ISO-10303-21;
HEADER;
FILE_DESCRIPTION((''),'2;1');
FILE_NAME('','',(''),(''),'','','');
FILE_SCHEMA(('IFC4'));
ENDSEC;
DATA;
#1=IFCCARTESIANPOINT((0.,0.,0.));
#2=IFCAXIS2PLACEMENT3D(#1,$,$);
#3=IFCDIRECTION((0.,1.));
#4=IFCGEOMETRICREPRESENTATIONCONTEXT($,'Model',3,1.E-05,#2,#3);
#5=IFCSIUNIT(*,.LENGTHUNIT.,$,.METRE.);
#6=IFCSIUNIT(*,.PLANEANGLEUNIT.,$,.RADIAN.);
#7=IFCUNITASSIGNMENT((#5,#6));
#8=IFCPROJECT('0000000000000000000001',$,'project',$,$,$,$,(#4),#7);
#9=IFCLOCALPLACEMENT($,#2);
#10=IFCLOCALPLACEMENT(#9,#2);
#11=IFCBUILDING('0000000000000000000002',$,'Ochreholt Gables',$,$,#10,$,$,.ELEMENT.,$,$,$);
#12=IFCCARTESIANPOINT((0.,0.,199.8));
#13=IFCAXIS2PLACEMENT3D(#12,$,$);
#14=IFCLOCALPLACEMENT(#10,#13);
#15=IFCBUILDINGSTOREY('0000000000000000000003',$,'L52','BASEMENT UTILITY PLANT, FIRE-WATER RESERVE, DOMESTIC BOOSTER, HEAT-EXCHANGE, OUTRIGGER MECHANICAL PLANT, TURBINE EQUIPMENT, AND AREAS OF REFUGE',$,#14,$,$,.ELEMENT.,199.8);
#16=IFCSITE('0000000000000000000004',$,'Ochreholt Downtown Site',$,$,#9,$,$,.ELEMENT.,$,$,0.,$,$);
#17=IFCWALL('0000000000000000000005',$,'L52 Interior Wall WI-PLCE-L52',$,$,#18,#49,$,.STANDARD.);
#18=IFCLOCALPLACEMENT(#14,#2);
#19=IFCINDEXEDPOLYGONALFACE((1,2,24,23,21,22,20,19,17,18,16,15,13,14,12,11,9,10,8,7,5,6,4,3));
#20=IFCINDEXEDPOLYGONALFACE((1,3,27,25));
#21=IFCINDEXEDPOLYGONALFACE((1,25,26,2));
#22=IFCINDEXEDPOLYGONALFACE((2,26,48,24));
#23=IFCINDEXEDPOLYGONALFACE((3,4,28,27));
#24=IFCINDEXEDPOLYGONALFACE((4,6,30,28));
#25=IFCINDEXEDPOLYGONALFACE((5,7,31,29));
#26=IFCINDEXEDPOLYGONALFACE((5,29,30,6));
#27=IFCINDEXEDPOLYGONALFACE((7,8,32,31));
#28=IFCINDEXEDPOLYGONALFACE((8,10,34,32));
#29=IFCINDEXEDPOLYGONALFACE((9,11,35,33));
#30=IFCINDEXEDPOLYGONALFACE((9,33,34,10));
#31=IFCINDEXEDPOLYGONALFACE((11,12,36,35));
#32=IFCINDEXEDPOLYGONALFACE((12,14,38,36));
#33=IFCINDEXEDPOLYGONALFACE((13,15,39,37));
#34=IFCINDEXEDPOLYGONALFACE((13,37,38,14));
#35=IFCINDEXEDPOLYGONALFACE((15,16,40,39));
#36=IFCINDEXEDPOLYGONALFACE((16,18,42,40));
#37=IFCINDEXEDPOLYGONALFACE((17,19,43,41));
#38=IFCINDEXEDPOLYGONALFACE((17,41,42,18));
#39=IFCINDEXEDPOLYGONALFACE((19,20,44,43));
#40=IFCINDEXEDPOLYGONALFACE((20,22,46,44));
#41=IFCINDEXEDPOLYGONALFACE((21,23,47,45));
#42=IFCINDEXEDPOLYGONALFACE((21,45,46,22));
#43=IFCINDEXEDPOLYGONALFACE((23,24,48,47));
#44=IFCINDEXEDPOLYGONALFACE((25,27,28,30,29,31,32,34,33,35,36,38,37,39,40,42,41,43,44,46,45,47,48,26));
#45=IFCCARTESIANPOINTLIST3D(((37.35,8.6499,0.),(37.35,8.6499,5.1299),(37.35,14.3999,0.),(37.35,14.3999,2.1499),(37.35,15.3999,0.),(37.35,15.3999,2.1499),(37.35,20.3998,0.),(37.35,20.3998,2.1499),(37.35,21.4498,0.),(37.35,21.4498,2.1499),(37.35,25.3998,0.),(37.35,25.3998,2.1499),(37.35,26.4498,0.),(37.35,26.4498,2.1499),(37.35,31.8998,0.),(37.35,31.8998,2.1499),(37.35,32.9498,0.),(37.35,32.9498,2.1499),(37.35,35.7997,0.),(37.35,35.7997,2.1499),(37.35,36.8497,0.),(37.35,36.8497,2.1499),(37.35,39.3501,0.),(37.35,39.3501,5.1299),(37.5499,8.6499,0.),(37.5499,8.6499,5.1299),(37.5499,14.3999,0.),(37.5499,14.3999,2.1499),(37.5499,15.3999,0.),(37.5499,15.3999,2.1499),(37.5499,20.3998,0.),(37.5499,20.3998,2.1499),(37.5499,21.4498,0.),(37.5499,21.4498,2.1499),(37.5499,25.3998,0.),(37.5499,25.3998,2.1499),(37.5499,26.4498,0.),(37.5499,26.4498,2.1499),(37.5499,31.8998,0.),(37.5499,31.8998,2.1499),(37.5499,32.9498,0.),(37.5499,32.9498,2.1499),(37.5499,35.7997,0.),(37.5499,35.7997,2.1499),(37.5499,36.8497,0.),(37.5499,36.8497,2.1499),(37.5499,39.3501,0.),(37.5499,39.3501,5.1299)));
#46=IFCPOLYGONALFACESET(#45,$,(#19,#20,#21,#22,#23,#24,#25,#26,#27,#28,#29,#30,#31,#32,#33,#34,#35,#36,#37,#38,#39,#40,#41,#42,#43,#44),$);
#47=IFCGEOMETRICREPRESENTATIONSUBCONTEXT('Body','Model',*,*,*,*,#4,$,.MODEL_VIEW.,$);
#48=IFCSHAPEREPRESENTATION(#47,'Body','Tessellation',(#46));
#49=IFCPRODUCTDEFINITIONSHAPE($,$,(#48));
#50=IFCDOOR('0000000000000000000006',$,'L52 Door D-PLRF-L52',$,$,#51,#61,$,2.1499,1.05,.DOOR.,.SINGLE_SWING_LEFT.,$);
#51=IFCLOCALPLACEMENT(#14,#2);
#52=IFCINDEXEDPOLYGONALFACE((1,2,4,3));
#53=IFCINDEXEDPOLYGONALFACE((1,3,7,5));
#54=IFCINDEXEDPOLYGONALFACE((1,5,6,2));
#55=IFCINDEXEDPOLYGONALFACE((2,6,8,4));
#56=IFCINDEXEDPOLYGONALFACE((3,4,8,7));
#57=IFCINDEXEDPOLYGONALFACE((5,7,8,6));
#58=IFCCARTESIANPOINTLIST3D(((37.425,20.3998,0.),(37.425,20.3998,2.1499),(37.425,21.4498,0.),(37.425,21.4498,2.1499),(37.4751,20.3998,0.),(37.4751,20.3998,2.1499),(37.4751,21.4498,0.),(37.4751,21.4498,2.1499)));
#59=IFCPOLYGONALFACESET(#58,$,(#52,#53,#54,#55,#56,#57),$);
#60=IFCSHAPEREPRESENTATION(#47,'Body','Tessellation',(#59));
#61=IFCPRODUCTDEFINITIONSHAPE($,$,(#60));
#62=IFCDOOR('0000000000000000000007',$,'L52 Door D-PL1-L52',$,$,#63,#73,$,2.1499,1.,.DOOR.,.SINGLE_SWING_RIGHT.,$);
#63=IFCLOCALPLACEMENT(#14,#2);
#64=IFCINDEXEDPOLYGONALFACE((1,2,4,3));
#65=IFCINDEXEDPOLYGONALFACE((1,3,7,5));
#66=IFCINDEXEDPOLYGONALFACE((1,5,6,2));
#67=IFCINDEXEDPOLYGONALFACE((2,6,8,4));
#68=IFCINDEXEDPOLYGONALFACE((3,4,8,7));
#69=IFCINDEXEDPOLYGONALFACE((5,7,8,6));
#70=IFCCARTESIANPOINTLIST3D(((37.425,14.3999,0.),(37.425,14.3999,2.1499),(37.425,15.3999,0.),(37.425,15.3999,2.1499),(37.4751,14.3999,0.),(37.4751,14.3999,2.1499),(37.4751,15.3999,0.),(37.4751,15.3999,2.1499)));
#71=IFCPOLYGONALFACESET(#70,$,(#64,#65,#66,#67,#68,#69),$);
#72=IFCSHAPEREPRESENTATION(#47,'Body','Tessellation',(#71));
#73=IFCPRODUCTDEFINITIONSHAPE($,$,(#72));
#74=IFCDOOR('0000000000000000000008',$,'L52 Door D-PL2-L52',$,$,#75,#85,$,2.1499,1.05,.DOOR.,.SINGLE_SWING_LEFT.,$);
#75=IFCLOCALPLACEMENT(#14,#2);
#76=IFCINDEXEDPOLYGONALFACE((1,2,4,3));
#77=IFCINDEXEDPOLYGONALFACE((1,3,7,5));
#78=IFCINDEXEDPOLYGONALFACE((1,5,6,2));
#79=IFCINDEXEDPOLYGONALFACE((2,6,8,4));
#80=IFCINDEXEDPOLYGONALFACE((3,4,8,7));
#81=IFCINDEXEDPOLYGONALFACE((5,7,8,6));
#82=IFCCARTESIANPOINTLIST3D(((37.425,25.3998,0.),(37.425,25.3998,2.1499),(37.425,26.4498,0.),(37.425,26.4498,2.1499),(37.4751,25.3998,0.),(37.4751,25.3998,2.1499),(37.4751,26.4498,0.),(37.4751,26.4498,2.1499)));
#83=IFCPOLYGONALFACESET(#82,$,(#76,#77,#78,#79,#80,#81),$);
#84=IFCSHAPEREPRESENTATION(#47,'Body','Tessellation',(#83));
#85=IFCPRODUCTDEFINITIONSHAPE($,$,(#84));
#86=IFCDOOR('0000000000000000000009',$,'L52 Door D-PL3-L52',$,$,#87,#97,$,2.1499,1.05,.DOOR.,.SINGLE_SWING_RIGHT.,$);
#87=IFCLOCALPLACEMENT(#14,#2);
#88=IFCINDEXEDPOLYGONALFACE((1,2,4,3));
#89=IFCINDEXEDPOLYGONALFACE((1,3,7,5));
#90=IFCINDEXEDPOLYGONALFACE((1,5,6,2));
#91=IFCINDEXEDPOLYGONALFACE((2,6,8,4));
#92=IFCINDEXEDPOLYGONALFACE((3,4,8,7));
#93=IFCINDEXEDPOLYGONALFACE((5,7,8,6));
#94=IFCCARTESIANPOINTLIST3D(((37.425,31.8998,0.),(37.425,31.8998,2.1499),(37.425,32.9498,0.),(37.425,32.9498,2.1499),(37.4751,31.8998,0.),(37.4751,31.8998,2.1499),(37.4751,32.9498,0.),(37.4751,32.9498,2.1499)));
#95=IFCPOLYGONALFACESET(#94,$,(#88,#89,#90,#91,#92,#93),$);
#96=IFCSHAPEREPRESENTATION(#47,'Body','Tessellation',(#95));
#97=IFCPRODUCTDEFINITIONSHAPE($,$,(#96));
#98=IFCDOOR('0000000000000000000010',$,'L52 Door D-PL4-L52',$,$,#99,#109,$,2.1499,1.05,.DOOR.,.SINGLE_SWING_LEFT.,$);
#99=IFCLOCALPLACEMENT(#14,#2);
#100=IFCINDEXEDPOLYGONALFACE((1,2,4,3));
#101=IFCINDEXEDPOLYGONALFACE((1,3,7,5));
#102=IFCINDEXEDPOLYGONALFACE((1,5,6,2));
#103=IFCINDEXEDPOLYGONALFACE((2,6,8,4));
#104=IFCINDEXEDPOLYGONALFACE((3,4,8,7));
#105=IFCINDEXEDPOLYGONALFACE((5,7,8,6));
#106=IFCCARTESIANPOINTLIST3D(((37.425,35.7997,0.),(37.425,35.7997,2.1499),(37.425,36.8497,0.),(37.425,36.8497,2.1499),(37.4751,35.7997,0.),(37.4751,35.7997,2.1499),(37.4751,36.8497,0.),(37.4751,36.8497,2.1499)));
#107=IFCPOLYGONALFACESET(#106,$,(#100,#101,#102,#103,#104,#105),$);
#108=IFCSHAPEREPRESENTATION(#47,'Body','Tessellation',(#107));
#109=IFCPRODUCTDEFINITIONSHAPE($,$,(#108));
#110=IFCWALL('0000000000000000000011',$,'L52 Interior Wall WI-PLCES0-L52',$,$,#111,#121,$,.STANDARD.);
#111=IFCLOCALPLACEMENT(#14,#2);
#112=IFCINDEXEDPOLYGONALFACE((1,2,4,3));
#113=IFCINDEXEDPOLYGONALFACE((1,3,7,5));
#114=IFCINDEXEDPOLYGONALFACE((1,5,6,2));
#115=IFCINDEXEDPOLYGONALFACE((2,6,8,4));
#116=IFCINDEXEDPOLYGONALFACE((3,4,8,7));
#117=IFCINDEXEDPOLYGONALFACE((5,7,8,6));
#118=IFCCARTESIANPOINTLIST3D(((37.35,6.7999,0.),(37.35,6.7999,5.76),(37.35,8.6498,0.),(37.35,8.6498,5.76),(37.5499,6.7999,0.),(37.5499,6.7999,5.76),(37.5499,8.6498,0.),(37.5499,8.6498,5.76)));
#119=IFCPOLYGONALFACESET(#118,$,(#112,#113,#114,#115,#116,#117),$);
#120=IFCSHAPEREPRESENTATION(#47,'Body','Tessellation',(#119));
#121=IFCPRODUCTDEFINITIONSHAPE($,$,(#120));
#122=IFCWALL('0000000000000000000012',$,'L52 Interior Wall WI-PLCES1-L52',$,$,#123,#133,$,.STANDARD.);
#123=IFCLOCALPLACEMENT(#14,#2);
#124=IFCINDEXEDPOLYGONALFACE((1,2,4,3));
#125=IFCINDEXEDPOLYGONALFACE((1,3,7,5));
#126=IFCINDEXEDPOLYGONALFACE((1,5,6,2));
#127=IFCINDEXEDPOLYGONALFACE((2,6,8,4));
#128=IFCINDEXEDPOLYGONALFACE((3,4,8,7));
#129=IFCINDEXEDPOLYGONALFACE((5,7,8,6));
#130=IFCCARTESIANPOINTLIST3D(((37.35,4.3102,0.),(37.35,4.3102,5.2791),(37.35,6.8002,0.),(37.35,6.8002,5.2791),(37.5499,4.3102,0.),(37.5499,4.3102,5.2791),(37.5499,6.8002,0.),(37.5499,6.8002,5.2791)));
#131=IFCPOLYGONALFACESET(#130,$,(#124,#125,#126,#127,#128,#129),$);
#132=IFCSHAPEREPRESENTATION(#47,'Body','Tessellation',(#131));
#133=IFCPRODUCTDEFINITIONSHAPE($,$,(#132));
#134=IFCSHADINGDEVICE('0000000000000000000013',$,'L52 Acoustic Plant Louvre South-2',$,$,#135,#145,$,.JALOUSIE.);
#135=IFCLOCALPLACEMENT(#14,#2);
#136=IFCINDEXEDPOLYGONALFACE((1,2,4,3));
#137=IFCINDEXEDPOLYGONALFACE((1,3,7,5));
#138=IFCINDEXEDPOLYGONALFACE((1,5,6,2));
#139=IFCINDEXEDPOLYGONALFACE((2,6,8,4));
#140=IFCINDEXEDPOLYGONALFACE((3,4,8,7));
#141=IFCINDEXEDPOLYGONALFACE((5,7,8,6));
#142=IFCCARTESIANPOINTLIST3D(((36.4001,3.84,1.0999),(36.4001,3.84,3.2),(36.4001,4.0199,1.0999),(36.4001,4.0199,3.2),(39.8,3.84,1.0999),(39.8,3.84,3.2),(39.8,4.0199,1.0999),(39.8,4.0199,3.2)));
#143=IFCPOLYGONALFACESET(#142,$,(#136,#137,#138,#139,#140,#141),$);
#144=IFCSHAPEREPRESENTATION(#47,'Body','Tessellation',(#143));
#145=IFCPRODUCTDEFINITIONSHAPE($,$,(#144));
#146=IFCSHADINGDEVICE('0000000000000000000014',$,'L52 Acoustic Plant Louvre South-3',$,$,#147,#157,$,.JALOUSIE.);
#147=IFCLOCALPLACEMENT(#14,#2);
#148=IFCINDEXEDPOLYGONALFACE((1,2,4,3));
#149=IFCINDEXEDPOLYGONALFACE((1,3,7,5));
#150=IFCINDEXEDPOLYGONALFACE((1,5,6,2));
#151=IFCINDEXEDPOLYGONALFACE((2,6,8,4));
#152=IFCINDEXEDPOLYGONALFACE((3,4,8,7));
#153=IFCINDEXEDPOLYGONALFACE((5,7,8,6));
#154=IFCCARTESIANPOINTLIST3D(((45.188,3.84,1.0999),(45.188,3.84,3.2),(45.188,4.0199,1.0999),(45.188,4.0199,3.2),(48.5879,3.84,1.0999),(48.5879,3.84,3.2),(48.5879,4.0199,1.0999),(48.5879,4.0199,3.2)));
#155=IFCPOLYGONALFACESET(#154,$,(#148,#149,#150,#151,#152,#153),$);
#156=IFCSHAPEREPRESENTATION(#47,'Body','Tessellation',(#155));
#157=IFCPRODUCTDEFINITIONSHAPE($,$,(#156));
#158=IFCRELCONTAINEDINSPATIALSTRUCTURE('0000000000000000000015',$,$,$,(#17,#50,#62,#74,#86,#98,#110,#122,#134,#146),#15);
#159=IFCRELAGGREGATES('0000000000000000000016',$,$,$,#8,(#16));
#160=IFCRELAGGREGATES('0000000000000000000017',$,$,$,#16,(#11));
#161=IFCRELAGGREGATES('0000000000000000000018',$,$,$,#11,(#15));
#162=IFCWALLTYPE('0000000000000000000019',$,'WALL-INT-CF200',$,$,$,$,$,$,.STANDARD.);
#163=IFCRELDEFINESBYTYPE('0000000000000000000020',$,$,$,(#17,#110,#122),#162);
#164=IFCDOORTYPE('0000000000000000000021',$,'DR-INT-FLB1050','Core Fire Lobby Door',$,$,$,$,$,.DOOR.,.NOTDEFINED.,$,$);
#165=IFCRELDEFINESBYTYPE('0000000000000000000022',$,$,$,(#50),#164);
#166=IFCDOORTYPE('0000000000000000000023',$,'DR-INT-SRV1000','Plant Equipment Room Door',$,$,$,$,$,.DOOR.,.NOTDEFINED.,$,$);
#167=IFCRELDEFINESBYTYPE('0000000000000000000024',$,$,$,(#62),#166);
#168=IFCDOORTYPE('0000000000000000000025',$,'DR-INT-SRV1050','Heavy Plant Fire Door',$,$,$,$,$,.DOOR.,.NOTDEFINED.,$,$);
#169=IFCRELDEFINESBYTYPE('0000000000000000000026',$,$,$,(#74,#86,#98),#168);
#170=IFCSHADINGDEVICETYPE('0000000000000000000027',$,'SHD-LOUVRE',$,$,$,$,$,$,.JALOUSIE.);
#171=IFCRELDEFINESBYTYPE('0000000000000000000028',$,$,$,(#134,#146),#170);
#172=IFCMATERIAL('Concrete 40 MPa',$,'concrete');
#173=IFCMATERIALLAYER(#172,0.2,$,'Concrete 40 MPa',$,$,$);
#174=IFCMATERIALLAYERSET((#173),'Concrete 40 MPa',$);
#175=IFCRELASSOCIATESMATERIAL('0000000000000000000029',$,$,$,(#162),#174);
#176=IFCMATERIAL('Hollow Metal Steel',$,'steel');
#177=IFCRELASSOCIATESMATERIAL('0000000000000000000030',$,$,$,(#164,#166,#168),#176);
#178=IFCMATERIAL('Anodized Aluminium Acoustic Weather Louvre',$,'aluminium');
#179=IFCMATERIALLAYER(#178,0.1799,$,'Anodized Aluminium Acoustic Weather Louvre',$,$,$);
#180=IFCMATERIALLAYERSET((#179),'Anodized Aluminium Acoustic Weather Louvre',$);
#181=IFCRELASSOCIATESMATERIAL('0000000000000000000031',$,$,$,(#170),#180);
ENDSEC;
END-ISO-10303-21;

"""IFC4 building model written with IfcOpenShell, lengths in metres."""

from ifc_helpers import new_model, si_unit, direction, frame, frame_2d, origin, origin_2d, place, context, subcontext, project, spatial, rectangle, extrude, material, layer, layer_set, type_object, element, fill, save


model = new_model("IFC4")

# Units and contexts
model_context = context("Model", 3, precision=1e-05, world=origin(), true_north=direction((0.0, 1.0)))
body_context = subcontext(model_context, "Body", "Model", "MODEL_VIEW")
ifc_project = project(units=[si_unit("LENGTHUNIT", "METRE"), si_unit("PLANEANGLEUNIT", "RADIAN")], contexts=[model_context])

# Site, building, storey
site_placement = place(None, origin())
site = spatial("IfcSite", under=ifc_project, at=site_placement, Name="Ochreholt Downtown Site", CompositionType="ELEMENT", RefElevation=0.0)
building_placement = place(site_placement, origin())
building = spatial("IfcBuilding", under=site, at=building_placement, Name="Ochreholt Gables", CompositionType="ELEMENT")
storey_placement = place(building_placement, frame((0.0, 0.0, 199.8)))
storey = spatial("IfcBuildingStorey", under=building, at=storey_placement, Name="L52", Description="BASEMENT UTILITY PLANT, FIRE-WATER RESERVE, DOMESTIC BOOSTER, HEAT-EXCHANGE, OUTRIGGER MECHANICAL PLANT, TURBINE EQUIPMENT, AND AREAS OF REFUGE", CompositionType="ELEMENT", Elevation=199.8)

# Wall, openings, doors
ifc_material_1 = material(Name="Concrete 40 MPa", Category="concrete")
ifc_layer_1 = layer(ifc_material_1, 0.2, Name="Concrete 40 MPa")
ifc_layer_set_1 = layer_set([ifc_layer_1], Name="Concrete 40 MPa")
wall_type = type_object("IfcWallType", Name="WALL-INT-CF200", PredefinedType="STANDARD", material=ifc_layer_set_1)
wall_1_placement = place(storey_placement, frame((37.45, 8.6499, 0.0), z_axis=(0.0, 0.0, 1.0), x_axis=(0.0, 1.0, 0.0)))
wall_1 = element("IfcWall", 1, at=wall_1_placement, inside=storey, type_object=wall_type, Name="L52 Interior Wall WI-PLCE-L52", PredefinedType="STANDARD", context=body_context, shape_type="SweptSolid", body=[
    extrude(rectangle(XDim=30.7002, YDim=0.2, at=frame_2d((15.3501, 0.0))), origin(), (0.0, 0.0, 1.0), 5.1299),
])
opening_1_placement = place(wall_1_placement, frame((11.75, 0.0, 0.0)))
opening_1 = element("IfcOpeningElement", 2, at=opening_1_placement, cuts=wall_1, PredefinedType="OPENING", context=body_context, shape_type="SweptSolid", body=[
    extrude(rectangle(XDim=1.05, YDim=2.1499, at=frame_2d((0.5249, 1.075))), frame((0.0, 0.1099, 0.0), z_axis=(0.0, -1.0, 0.0), x_axis=(1.0, 0.0, 0.0)), (0.0, 0.0, 1.0), 0.22),
])
opening_2_placement = place(wall_1_placement, frame((5.75, 0.0, 0.0)))
opening_2 = element("IfcOpeningElement", 3, at=opening_2_placement, cuts=wall_1, PredefinedType="OPENING", context=body_context, shape_type="SweptSolid", body=[
    extrude(rectangle(XDim=1.0, YDim=2.1499, at=frame_2d((0.5, 1.075))), frame((0.0, 0.1099, 0.0), z_axis=(0.0, -1.0, 0.0), x_axis=(1.0, 0.0, 0.0)), (0.0, 0.0, 1.0), 0.22),
])
opening_3_placement = place(wall_1_placement, frame((16.75, 0.0, 0.0)))
opening_3 = element("IfcOpeningElement", 4, at=opening_3_placement, cuts=wall_1, PredefinedType="OPENING", context=body_context, shape_type="SweptSolid", body=[
    extrude(rectangle(XDim=1.05, YDim=2.1499, at=frame_2d((0.5249, 1.075))), frame((0.0, 0.1099, 0.0), z_axis=(0.0, -1.0, 0.0), x_axis=(1.0, 0.0, 0.0)), (0.0, 0.0, 1.0), 0.22),
])
opening_4_placement = place(wall_1_placement, frame((23.25, 0.0, 0.0)))
opening_4 = element("IfcOpeningElement", 5, at=opening_4_placement, cuts=wall_1, PredefinedType="OPENING", context=body_context, shape_type="SweptSolid", body=[
    extrude(rectangle(XDim=1.05, YDim=2.1499, at=frame_2d((0.5249, 1.075))), frame((0.0, 0.1099, 0.0), z_axis=(0.0, -1.0, 0.0), x_axis=(1.0, 0.0, 0.0)), (0.0, 0.0, 1.0), 0.22),
])
opening_5_placement = place(wall_1_placement, frame((27.1499, 0.0, 0.0)))
opening_5 = element("IfcOpeningElement", 6, at=opening_5_placement, cuts=wall_1, PredefinedType="OPENING", context=body_context, shape_type="SweptSolid", body=[
    extrude(rectangle(XDim=1.05, YDim=2.1499, at=frame_2d((0.5249, 1.075))), frame((0.0, 0.1099, 0.0), z_axis=(0.0, -1.0, 0.0), x_axis=(1.0, 0.0, 0.0)), (0.0, 0.0, 1.0), 0.22),
])
ifc_material_2 = material(Name="Hollow Metal Steel", Category="steel")
door_type_1 = type_object("IfcDoorType", Name="DR-INT-FLB1050", Description="Core Fire Lobby Door", OperationType="NOTDEFINED", PredefinedType="DOOR", material=ifc_material_2)
door_1_placement = place(opening_1_placement, origin())
door_1 = element("IfcDoor", 7, at=door_1_placement, inside=storey, type_object=door_type_1, Name="L52 Door D-PLRF-L52", OperationType="SINGLE_SWING_LEFT", OverallHeight=2.1499, OverallWidth=1.05, PredefinedType="DOOR", context=body_context, shape_type="SweptSolid", body=[
    extrude(rectangle(XDim=1.05, YDim=2.1499, at=frame_2d((0.5249, 1.075))), frame((0.0, 0.0249, 0.0), z_axis=(0.0, -1.0, 0.0), x_axis=(1.0, 0.0, 0.0)), (0.0, 0.0, 1.0), 0.05),
])
fill(opening_1, door_1)
door_type_2 = type_object("IfcDoorType", Name="DR-INT-SRV1000", Description="Plant Equipment Room Door", OperationType="NOTDEFINED", PredefinedType="DOOR", material=ifc_material_2)
door_2_placement = place(opening_2_placement, origin())
door_2 = element("IfcDoor", 8, at=door_2_placement, inside=storey, type_object=door_type_2, Name="L52 Door D-PL1-L52", OperationType="SINGLE_SWING_RIGHT", OverallHeight=2.1499, OverallWidth=1.0, PredefinedType="DOOR", context=body_context, shape_type="SweptSolid", body=[
    extrude(rectangle(XDim=1.0, YDim=2.1499, at=frame_2d((0.5, 1.075))), frame((0.0, 0.0249, 0.0), z_axis=(0.0, -1.0, 0.0), x_axis=(1.0, 0.0, 0.0)), (0.0, 0.0, 1.0), 0.05),
])
fill(opening_2, door_2)
door_type_3 = type_object("IfcDoorType", Name="DR-INT-SRV1050", Description="Heavy Plant Fire Door", OperationType="NOTDEFINED", PredefinedType="DOOR", material=ifc_material_2)
door_3_placement = place(opening_3_placement, origin())
door_3 = element("IfcDoor", 9, at=door_3_placement, inside=storey, type_object=door_type_3, Name="L52 Door D-PL2-L52", OperationType="SINGLE_SWING_LEFT", OverallHeight=2.1499, OverallWidth=1.05, PredefinedType="DOOR", context=body_context, shape_type="SweptSolid", body=[
    extrude(rectangle(XDim=1.05, YDim=2.1499, at=frame_2d((0.5249, 1.075))), frame((0.0, 0.0249, 0.0), z_axis=(0.0, -1.0, 0.0), x_axis=(1.0, 0.0, 0.0)), (0.0, 0.0, 1.0), 0.05),
])
fill(opening_3, door_3)
door_4_placement = place(opening_4_placement, origin())
door_4 = element("IfcDoor", 10, at=door_4_placement, inside=storey, type_object=door_type_3, Name="L52 Door D-PL3-L52", OperationType="SINGLE_SWING_RIGHT", OverallHeight=2.1499, OverallWidth=1.05, PredefinedType="DOOR", context=body_context, shape_type="SweptSolid", body=[
    extrude(rectangle(XDim=1.05, YDim=2.1499, at=frame_2d((0.5249, 1.075))), frame((0.0, 0.0249, 0.0), z_axis=(0.0, -1.0, 0.0), x_axis=(1.0, 0.0, 0.0)), (0.0, 0.0, 1.0), 0.05),
])
fill(opening_4, door_4)
door_5_placement = place(opening_5_placement, origin())
door_5 = element("IfcDoor", 11, at=door_5_placement, inside=storey, type_object=door_type_3, Name="L52 Door D-PL4-L52", OperationType="SINGLE_SWING_LEFT", OverallHeight=2.1499, OverallWidth=1.05, PredefinedType="DOOR", context=body_context, shape_type="SweptSolid", body=[
    extrude(rectangle(XDim=1.05, YDim=2.1499, at=frame_2d((0.5249, 1.075))), frame((0.0, 0.0249, 0.0), z_axis=(0.0, -1.0, 0.0), x_axis=(1.0, 0.0, 0.0)), (0.0, 0.0, 1.0), 0.05),
])
fill(opening_5, door_5)

# Walls
wall_2_placement = place(storey_placement, frame((37.45, 6.8, 0.0), z_axis=(0.0, 0.0, 1.0), x_axis=(0.0, 1.0, 0.0)))
element("IfcWall", 12, at=wall_2_placement, inside=storey, type_object=wall_type, Name="L52 Interior Wall WI-PLCES0-L52", PredefinedType="STANDARD", context=body_context, shape_type="SweptSolid", body=[
    extrude(rectangle(XDim=1.8499, YDim=0.2, at=frame_2d((0.9248, 0.0))), origin(), (0.0, 0.0, 1.0), 5.76),
])
wall_3_placement = place(storey_placement, frame((37.45, 4.3101, 0.0), z_axis=(0.0, 0.0, 1.0), x_axis=(0.0, 1.0, 0.0)))
element("IfcWall", 13, at=wall_3_placement, inside=storey, type_object=wall_type, Name="L52 Interior Wall WI-PLCES1-L52", PredefinedType="STANDARD", context=body_context, shape_type="SweptSolid", body=[
    extrude(rectangle(XDim=2.49, YDim=0.2, at=frame_2d((1.2451, 0.0))), origin(), (0.0, 0.0, 1.0), 5.2791),
])

# Shading devices
ifc_material_3 = material(Name="Anodized Aluminium Acoustic Weather Louvre", Category="aluminium")
ifc_layer_2 = layer(ifc_material_3, 0.1799, Name="Anodized Aluminium Acoustic Weather Louvre")
ifc_layer_set_2 = layer_set([ifc_layer_2], Name="Anodized Aluminium Acoustic Weather Louvre")
shading_device_type = type_object("IfcShadingDeviceType", Name="SHD-LOUVRE", PredefinedType="JALOUSIE", material=ifc_layer_set_2)
for number, where, z_axis, x_axis, name in (
    (14, (38.1001, 3.9299, 1.0999), (0.0, 0.0, 1.0), (1.0, 0.0, 0.0), "L52 Acoustic Plant Louvre South-2"),
    (15, (46.8879, 3.9299, 1.0999), (0.0, 0.0, 1.0), (1.0, 0.0, 0.0), "L52 Acoustic Plant Louvre South-3"),
):
    element("IfcShadingDevice", number, at=place(storey_placement, frame(where, z_axis=z_axis, x_axis=x_axis)), inside=storey, type_object=shading_device_type, Name=name, PredefinedType="JALOUSIE", context=body_context, shape_type="SweptSolid", body=[
        extrude(rectangle(XDim=3.3999, YDim=0.1799, at=origin_2d()), origin(), (0.0, 0.0, 1.0), 2.1001),
    ])

save(model, "model.ifc")
